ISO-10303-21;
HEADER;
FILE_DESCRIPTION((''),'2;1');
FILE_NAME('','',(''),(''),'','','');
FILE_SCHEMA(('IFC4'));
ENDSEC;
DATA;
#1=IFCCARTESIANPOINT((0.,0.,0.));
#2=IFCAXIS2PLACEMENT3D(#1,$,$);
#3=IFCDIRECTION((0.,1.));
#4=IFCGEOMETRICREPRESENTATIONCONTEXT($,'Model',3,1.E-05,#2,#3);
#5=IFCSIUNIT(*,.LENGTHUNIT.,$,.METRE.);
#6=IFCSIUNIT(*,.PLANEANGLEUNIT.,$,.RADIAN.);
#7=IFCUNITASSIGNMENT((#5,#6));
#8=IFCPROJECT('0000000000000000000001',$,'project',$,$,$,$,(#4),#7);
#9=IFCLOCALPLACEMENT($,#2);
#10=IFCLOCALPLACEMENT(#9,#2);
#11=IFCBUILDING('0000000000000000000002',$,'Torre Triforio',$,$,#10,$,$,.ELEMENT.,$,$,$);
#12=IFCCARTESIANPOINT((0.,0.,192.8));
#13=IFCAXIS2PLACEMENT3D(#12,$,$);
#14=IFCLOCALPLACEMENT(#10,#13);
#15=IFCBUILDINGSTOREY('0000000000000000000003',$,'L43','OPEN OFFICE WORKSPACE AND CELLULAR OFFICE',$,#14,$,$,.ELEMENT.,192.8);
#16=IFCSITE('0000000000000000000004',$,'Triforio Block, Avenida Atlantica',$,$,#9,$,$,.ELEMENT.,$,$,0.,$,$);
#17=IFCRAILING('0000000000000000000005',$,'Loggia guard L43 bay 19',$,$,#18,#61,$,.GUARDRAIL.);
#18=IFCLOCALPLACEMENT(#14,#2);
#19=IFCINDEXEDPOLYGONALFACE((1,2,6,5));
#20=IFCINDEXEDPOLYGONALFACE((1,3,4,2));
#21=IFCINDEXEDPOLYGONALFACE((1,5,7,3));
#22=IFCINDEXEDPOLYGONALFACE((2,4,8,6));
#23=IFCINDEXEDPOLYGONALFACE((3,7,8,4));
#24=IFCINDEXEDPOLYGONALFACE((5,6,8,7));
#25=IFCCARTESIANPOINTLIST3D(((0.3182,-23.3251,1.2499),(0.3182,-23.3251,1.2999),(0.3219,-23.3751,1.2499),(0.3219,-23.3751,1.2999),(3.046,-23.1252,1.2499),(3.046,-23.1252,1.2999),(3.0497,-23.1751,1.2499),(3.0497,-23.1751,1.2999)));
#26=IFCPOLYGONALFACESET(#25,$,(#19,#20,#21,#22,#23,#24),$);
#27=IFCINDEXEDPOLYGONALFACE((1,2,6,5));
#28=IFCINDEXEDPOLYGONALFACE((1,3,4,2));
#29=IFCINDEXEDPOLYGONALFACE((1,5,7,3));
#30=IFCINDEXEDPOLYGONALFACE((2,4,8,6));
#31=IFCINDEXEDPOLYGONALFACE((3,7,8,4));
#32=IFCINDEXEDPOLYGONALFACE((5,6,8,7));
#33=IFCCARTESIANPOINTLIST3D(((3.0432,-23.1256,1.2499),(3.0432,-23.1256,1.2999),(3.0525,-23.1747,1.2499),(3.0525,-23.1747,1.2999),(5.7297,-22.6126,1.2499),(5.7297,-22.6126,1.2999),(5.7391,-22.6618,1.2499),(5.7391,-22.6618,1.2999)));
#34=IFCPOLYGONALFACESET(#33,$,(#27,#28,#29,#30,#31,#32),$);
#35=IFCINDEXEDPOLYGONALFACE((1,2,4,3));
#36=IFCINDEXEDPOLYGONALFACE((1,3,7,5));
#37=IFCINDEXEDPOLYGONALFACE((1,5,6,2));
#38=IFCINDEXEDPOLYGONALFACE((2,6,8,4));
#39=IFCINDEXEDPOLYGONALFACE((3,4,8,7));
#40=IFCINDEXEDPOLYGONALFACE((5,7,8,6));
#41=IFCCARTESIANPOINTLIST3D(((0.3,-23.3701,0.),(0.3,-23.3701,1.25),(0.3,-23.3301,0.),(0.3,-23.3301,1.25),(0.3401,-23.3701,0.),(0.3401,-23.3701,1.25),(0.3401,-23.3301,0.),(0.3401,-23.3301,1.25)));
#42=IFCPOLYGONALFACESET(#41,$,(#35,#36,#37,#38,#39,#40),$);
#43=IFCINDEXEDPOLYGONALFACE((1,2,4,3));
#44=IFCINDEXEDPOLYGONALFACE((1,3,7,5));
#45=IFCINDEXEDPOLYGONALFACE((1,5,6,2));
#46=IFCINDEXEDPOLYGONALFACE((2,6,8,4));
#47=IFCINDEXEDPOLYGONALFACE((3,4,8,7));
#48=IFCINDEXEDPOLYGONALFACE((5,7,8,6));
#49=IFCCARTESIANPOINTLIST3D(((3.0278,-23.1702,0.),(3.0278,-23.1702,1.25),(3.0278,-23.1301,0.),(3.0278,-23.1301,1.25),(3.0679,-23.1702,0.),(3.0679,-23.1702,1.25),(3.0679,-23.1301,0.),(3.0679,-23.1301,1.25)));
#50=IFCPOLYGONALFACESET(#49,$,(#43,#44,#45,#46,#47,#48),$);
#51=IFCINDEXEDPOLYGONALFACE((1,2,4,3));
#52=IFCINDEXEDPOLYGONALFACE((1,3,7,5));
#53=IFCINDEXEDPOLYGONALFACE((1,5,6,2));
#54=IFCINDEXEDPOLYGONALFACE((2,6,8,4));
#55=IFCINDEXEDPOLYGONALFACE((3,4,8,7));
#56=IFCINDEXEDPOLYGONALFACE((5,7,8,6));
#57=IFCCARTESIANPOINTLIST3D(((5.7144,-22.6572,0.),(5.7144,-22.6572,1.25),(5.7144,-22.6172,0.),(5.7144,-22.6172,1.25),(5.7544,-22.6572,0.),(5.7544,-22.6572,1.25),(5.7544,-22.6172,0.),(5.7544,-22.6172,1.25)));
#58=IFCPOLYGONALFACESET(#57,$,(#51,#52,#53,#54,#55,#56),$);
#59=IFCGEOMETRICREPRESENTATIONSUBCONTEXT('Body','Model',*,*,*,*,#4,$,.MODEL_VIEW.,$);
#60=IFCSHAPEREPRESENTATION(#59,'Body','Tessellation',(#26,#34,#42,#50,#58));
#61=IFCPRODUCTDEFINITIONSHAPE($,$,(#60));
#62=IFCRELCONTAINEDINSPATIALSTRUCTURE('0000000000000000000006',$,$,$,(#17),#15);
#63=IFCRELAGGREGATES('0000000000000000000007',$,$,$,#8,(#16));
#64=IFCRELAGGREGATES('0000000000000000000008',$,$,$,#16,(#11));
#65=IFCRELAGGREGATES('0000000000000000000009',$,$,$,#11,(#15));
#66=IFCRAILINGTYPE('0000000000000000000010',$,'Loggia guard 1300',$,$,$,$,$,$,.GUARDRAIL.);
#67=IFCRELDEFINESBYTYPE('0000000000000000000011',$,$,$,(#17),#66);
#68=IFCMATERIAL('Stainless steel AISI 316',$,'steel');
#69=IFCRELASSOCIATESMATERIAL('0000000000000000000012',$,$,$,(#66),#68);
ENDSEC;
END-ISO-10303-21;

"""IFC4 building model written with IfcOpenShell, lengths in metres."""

from ifc_helpers import new_model, si_unit, direction, frame, origin, origin_2d, place, context, subcontext, project, spatial, rectangle, extrude, material, type_object, element, save


model = new_model("IFC4")

# Units and contexts
model_context = context("Model", 3, precision=1e-05, world=origin(), true_north=direction((0.0, 1.0)))
body_context = subcontext(model_context, "Body", "Model", "MODEL_VIEW")
ifc_project = project(units=[si_unit("LENGTHUNIT", "METRE"), si_unit("PLANEANGLEUNIT", "RADIAN")], contexts=[model_context])

# Site, building, storey
site_placement = place(None, origin())
site = spatial("IfcSite", under=ifc_project, at=site_placement, Name="Triforio Block, Avenida Atlantica", CompositionType="ELEMENT", RefElevation=0.0)
building_placement = place(site_placement, origin())
building = spatial("IfcBuilding", under=site, at=building_placement, Name="Torre Triforio", CompositionType="ELEMENT")
storey_placement = place(building_placement, frame((0.0, 0.0, 192.8)))
storey = spatial("IfcBuildingStorey", under=building, at=storey_placement, Name="L43", Description="OPEN OFFICE WORKSPACE AND CELLULAR OFFICE", CompositionType="ELEMENT", Elevation=192.8)

# Railing
ifc_material_1 = material(Name="Stainless steel AISI 316", Category="steel")
railing_type = type_object("IfcRailingType", Name="Loggia guard 1300", PredefinedType="GUARDRAIL", material=ifc_material_1)
railing_placement = place(storey_placement, frame((0.3201, -23.3501, 0.0)))
element("IfcRailing", 1, at=railing_placement, inside=storey, type_object=railing_type, Name="Loggia guard L43 bay 19", PredefinedType="GUARDRAIL", context=body_context, shape_type="SweptSolid", body=[
    extrude(rectangle(XDim=0.05, YDim=0.05, at=origin_2d()), frame((0.0, 0.0, 1.2749), z_axis=(0.997324, 0.073106, 0.0), x_axis=(-0.073106, 0.997324, 0.0)), (0.0, 0.0, 1.0), 2.7351),
    extrude(rectangle(XDim=0.05, YDim=0.05, at=origin_2d()), frame((2.7278, 0.2, 1.2749), z_axis=(0.982256, 0.187543, 0.0), x_axis=(-0.187543, 0.982256, 0.0)), (0.0, 0.0, 1.0), 2.7351),
    extrude(rectangle(XDim=0.04, YDim=0.04, at=origin_2d()), origin(), (0.0, 0.0, 1.0), 1.25),
    extrude(rectangle(XDim=0.04, YDim=0.04, at=origin_2d()), frame((2.7278, 0.2, 0.0)), (0.0, 0.0, 1.0), 1.25),
    extrude(rectangle(XDim=0.04, YDim=0.04, at=origin_2d()), frame((5.4143, 0.7129, 0.0)), (0.0, 0.0, 1.0), 1.25),
])

save(model, "model.ifc")
